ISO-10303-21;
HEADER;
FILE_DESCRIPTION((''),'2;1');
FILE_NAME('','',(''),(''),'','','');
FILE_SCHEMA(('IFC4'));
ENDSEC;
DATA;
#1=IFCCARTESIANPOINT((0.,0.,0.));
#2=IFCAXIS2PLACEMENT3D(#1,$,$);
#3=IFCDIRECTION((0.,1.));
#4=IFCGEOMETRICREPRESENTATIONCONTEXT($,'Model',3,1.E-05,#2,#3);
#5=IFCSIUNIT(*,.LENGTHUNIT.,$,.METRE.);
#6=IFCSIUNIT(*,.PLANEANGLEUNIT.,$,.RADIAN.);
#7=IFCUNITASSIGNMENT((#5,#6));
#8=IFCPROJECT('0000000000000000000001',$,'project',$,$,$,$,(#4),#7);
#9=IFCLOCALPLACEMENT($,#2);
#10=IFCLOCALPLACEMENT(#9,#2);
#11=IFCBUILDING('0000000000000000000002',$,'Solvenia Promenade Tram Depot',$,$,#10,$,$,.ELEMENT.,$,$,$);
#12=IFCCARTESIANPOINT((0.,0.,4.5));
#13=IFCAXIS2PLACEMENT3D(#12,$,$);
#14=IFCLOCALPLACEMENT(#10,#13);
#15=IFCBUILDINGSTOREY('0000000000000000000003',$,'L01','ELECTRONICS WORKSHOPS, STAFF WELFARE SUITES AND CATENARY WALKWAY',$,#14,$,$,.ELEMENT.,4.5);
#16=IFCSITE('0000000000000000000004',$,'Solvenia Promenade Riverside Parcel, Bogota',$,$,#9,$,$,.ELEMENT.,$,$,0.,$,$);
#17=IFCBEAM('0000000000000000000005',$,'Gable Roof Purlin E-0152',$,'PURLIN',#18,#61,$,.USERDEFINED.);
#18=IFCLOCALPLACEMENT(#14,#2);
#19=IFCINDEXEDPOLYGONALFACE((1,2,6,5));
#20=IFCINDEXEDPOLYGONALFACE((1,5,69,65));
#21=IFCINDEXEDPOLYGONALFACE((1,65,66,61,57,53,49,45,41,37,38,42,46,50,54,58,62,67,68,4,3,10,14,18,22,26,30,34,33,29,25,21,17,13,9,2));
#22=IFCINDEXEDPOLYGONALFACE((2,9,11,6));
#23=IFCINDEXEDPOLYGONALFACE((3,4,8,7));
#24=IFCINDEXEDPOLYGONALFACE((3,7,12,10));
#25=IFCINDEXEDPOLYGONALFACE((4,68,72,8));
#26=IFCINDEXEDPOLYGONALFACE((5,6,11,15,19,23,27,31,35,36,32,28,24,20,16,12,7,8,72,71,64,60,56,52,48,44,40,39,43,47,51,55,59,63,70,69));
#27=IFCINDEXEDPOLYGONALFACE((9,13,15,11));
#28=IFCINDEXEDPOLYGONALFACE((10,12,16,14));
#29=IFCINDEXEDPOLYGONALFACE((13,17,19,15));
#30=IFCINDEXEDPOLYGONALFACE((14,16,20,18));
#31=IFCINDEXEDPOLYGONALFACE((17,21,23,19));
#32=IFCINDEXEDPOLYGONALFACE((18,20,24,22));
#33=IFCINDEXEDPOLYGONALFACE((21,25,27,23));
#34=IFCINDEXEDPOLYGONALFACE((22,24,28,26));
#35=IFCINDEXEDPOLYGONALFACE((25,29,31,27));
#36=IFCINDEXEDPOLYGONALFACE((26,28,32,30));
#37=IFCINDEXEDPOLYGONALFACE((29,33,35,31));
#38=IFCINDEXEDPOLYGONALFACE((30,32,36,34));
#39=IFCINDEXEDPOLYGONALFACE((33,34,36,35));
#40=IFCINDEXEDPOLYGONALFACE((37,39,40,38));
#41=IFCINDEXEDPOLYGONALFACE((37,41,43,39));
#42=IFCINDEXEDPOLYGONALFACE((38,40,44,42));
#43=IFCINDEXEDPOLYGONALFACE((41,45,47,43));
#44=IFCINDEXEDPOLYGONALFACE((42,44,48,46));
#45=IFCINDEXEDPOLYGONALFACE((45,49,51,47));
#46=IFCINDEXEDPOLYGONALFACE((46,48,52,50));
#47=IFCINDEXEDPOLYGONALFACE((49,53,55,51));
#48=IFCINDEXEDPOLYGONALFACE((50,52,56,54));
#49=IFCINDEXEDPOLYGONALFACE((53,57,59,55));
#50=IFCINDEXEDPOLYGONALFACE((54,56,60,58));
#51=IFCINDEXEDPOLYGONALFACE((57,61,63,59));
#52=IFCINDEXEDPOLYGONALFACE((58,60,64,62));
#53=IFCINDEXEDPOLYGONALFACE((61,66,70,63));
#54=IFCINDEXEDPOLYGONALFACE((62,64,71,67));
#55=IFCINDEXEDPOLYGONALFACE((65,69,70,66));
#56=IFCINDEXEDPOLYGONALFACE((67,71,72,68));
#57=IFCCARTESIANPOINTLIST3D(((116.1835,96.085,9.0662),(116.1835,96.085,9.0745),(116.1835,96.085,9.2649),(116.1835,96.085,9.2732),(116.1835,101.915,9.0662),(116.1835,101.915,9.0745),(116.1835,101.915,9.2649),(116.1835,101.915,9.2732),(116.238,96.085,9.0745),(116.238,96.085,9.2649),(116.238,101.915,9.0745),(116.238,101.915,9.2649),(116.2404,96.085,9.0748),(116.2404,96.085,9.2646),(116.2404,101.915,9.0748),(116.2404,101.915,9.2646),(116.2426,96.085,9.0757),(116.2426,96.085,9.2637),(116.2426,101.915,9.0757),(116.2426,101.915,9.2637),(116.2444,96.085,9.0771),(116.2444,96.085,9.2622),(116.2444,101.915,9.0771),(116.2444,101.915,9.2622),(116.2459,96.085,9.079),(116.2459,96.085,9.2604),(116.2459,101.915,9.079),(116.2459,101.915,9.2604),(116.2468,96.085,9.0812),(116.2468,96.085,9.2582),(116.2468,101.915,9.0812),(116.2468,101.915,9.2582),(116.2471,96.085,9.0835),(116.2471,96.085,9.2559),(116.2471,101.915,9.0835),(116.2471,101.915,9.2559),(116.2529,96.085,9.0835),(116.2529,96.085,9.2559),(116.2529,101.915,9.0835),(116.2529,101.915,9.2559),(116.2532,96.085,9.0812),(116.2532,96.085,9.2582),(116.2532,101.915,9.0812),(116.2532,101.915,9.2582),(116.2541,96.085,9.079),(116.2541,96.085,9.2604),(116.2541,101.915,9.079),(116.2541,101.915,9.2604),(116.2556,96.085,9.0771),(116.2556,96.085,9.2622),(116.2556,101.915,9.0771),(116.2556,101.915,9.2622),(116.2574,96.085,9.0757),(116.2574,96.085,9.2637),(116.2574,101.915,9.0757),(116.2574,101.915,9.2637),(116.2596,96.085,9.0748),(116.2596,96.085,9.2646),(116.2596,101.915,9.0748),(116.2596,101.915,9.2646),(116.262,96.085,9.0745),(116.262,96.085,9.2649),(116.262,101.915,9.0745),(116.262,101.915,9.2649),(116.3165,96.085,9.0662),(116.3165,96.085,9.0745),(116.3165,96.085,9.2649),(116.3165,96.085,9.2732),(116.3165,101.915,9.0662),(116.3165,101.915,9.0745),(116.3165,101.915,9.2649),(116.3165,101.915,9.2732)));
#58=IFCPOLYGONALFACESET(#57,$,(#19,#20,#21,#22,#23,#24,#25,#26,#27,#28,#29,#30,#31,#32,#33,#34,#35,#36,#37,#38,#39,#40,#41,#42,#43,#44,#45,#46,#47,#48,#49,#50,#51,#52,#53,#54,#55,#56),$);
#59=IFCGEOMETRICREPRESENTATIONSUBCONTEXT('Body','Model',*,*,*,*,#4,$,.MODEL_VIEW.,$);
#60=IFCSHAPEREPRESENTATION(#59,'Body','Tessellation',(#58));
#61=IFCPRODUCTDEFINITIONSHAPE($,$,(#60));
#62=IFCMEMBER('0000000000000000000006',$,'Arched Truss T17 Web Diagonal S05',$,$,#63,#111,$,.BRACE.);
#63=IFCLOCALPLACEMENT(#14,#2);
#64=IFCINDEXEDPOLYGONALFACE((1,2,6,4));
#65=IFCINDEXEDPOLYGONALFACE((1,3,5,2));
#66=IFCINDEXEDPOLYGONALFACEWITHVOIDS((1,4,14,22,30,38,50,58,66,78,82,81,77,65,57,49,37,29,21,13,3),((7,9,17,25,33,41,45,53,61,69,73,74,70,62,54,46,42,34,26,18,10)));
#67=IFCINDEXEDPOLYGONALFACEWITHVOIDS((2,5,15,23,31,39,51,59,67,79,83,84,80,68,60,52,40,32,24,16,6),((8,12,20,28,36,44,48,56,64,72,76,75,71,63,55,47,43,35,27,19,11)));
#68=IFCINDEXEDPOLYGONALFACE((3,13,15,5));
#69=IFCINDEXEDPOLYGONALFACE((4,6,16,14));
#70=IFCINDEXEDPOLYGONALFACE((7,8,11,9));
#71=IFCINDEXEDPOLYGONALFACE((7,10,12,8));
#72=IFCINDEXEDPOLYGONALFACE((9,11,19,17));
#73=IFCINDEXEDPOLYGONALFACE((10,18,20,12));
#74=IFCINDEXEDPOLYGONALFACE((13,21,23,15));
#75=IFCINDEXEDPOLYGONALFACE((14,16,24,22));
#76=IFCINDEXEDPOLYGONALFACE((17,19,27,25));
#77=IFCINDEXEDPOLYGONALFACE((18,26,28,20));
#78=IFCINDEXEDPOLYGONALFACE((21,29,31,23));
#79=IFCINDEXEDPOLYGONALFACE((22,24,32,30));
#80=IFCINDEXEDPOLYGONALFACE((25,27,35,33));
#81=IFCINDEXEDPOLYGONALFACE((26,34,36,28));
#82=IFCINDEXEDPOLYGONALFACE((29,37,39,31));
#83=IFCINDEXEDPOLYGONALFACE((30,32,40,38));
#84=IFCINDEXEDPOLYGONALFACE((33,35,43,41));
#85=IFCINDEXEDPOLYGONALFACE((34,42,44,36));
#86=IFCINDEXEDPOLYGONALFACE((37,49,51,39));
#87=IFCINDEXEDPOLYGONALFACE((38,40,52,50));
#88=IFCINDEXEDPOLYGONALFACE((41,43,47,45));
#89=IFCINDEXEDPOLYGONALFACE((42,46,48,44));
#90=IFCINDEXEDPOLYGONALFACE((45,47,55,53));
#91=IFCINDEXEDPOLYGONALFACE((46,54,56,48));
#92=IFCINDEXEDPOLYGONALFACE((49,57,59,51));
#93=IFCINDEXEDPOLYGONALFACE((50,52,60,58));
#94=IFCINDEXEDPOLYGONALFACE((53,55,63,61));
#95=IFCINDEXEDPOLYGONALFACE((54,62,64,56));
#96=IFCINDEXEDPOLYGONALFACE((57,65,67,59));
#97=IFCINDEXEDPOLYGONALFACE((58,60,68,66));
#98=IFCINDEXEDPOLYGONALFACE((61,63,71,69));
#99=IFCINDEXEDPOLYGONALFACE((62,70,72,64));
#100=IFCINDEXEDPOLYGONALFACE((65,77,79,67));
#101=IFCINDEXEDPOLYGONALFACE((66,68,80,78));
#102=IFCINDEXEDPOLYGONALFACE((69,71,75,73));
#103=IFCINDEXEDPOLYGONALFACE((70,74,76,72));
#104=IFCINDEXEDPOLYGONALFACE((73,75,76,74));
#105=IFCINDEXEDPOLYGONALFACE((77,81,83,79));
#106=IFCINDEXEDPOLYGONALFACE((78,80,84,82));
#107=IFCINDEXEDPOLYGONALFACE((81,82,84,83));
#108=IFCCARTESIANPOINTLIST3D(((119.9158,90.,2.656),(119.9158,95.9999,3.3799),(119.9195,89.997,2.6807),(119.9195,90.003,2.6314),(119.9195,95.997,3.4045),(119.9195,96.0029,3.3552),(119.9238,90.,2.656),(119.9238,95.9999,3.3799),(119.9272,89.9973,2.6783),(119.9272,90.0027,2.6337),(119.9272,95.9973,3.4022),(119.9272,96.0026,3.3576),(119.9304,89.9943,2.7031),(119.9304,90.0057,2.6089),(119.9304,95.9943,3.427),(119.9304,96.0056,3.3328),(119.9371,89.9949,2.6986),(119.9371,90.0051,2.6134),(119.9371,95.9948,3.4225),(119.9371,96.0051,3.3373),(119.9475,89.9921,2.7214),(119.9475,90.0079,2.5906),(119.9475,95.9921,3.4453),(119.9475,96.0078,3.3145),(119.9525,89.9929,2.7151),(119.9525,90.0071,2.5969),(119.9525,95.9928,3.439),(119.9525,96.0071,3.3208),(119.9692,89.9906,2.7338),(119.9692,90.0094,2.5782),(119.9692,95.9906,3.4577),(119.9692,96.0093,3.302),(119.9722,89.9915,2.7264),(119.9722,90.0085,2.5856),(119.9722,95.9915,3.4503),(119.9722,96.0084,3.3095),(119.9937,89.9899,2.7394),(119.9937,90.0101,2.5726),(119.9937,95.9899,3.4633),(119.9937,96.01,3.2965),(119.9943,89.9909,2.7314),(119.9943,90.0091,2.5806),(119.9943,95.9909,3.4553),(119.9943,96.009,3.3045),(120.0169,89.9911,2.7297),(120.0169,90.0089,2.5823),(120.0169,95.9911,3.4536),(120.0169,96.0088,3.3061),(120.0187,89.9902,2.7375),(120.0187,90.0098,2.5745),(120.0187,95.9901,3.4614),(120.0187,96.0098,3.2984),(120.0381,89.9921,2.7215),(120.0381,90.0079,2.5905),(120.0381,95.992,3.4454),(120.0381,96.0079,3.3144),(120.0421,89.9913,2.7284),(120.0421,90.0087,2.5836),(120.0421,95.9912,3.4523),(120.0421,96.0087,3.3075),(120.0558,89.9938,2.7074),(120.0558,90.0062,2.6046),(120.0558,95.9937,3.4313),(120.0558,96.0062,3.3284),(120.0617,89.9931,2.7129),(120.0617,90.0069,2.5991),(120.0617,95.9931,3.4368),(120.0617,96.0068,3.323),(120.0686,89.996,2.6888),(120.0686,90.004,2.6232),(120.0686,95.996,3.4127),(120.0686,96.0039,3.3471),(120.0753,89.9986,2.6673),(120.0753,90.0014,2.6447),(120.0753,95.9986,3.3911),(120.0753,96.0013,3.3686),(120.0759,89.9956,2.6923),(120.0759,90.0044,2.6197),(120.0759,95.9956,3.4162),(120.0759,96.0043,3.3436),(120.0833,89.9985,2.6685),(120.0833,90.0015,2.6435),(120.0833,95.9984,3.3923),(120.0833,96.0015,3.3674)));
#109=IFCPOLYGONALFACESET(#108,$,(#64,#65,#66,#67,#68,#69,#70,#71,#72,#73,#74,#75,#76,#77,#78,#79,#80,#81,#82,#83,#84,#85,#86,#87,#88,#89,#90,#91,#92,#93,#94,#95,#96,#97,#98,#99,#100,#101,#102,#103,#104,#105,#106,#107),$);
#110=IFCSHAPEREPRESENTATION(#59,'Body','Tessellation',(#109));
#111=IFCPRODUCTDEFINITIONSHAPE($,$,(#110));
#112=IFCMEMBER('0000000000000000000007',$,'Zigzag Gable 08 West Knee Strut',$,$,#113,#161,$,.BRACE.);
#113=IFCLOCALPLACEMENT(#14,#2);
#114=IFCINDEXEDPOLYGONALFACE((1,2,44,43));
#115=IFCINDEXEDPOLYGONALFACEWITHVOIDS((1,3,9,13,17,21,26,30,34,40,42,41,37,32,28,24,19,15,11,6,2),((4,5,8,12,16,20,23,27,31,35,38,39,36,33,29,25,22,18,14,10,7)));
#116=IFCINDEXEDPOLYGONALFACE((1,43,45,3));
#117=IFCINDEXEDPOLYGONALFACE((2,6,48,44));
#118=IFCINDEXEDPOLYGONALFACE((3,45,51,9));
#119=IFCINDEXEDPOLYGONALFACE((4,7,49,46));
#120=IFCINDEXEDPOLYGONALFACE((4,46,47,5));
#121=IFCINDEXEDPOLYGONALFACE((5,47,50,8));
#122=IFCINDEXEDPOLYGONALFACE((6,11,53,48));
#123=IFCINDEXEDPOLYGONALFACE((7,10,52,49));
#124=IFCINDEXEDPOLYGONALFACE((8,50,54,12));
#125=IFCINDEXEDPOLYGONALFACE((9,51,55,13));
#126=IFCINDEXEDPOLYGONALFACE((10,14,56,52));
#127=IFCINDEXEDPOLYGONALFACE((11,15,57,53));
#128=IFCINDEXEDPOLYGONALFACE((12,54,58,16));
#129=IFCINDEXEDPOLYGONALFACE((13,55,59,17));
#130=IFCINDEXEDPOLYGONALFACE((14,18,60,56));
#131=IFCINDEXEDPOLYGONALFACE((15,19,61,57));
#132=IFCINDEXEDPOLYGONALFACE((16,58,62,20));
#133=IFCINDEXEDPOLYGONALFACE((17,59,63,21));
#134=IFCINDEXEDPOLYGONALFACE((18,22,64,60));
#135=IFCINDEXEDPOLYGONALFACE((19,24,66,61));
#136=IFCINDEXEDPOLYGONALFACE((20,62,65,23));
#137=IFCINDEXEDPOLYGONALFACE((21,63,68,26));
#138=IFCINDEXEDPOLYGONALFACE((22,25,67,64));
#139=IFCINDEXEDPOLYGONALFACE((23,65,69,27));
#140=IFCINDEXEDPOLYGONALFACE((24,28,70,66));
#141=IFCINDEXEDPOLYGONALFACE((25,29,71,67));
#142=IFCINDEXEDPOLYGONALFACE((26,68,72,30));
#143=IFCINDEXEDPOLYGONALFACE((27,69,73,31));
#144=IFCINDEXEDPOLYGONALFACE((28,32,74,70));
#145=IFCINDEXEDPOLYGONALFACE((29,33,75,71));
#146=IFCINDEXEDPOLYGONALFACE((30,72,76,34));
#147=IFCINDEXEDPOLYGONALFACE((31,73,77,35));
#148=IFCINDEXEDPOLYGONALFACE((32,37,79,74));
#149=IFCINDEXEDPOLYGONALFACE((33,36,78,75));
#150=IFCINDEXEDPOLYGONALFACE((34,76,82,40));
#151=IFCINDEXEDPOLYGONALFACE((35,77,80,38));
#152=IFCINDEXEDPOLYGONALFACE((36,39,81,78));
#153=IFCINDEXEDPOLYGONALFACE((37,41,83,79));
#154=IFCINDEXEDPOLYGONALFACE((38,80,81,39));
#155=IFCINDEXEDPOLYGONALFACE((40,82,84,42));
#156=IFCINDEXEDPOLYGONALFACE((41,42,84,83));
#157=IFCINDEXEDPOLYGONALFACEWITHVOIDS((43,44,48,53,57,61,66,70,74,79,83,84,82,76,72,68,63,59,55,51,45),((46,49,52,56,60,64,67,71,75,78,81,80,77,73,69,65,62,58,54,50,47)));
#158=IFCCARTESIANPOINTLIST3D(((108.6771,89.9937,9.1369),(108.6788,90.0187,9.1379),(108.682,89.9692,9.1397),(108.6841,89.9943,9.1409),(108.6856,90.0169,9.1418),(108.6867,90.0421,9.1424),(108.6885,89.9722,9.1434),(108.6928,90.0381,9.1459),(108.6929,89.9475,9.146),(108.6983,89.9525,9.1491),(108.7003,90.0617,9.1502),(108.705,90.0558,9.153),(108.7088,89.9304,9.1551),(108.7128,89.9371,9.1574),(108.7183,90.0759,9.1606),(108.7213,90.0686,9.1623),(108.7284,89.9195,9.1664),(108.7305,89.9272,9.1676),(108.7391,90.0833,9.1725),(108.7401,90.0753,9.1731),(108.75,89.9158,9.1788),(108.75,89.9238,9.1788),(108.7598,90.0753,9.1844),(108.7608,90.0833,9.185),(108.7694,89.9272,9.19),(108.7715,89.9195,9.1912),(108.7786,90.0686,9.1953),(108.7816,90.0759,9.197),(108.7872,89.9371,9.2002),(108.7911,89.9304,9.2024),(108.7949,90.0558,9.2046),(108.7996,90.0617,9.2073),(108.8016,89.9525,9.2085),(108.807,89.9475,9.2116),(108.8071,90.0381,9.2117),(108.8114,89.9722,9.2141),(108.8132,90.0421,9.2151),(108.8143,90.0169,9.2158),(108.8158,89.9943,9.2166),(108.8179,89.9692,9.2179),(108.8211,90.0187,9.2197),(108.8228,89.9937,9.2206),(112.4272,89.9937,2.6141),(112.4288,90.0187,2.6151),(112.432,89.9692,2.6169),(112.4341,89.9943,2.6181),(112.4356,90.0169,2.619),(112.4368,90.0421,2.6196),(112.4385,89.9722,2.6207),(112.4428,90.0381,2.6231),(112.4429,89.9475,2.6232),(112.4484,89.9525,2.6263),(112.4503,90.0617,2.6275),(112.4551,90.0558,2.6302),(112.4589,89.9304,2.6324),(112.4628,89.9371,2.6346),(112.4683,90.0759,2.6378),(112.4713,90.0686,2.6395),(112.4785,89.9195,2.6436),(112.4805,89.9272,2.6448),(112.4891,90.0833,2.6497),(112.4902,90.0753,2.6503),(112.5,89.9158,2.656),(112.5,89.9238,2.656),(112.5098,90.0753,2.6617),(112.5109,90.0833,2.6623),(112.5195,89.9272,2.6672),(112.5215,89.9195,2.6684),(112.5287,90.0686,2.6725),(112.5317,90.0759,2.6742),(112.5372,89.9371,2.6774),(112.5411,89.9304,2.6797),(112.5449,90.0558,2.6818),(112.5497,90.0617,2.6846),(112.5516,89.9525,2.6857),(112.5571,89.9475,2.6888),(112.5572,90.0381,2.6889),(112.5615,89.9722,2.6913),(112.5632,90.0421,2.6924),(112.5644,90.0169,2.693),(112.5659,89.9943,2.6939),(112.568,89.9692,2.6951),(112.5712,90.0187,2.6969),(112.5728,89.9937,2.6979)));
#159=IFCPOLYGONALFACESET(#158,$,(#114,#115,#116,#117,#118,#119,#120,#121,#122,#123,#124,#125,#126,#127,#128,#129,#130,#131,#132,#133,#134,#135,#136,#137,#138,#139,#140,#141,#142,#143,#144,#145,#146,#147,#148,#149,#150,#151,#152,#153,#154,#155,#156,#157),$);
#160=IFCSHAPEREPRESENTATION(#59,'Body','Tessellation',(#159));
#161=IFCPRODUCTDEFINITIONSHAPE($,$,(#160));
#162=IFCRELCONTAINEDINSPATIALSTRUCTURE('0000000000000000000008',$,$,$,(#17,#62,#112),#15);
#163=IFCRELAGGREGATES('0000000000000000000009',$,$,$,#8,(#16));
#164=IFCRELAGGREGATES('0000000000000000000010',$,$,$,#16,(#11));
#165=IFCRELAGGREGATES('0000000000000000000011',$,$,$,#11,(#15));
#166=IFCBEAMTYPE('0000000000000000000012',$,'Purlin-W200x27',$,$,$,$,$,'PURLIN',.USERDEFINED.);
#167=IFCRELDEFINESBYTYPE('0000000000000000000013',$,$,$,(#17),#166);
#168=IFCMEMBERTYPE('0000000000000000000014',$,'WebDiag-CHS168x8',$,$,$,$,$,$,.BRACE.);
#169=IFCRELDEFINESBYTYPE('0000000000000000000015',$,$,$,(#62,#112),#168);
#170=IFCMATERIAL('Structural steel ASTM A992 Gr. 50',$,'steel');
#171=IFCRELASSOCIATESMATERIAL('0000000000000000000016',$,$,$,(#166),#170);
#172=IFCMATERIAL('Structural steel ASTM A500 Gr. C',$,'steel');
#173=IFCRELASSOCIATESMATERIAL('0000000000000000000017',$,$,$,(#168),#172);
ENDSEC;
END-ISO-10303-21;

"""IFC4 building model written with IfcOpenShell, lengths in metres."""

from ifc_helpers import new_model, si_unit, direction, frame, origin, origin_2d, place, context, subcontext, project, spatial, hollow_circle, i_section, extrude, material, material_profile, profile_set, type_object, element, save


model = new_model("IFC4")

# Units and contexts
model_context = context("Model", 3, precision=1e-05, world=origin(), true_north=direction((0.0, 1.0)))
body_context = subcontext(model_context, "Body", "Model", "MODEL_VIEW")
ifc_project = project(units=[si_unit("LENGTHUNIT", "METRE"), si_unit("PLANEANGLEUNIT", "RADIAN")], contexts=[model_context])

# Site, building, storey
site_placement = place(None, origin())
site = spatial("IfcSite", under=ifc_project, at=site_placement, Name="Solvenia Promenade Riverside Parcel, Bogota", CompositionType="ELEMENT", RefElevation=0.0)
building_placement = place(site_placement, origin())
building = spatial("IfcBuilding", under=site, at=building_placement, Name="Solvenia Promenade Tram Depot", CompositionType="ELEMENT")
storey_placement = place(building_placement, frame((0.0, 0.0, 4.5)))
storey = spatial("IfcBuildingStorey", under=building, at=storey_placement, Name="L01", Description="ELECTRONICS WORKSHOPS, STAFF WELFARE SUITES AND CATENARY WALKWAY", CompositionType="ELEMENT", Elevation=4.5)

# Shared definitions
ifc_material_1 = material(Name="Structural steel ASTM A500 Gr. C", Category="steel")

# Beam
ifc_material_2 = material(Name="Structural steel ASTM A992 Gr. 50", Category="steel")
ifc_material_profile_1 = material_profile(ifc_material_2, i_section(OverallWidth=0.1331, OverallDepth=0.207, WebThickness=0.0059, FlangeThickness=0.0083, FilletRadius=0.009, at=origin_2d()), Name="W200x27", Category="steel")
ifc_profile_set_1 = profile_set([ifc_material_profile_1], Name="Structural steel ASTM A992 Gr. 50")
beam_type = type_object("IfcBeamType", Name="Purlin-W200x27", ElementType="PURLIN", PredefinedType="USERDEFINED", material=ifc_profile_set_1)
for number, where, z_axis, x_axis, name in (
    (1, (116.25, 96.085, 9.1697), (0.0, 1.0, 0.0), (-1.0, 0.0, 0.0), "Gable Roof Purlin E-0152"),
):
    element("IfcBeam", number, at=place(storey_placement, frame(where, z_axis=z_axis, x_axis=x_axis)), inside=storey, type_object=beam_type, Name=name, ObjectType="PURLIN", PredefinedType="USERDEFINED", context=body_context, shape_type="SweptSolid", body=[
        extrude(i_section(OverallWidth=0.1331, OverallDepth=0.207, WebThickness=0.0059, FlangeThickness=0.0083, FilletRadius=0.009, at=origin_2d()), origin(), (0.0, 0.0, 1.0), 5.8301),
    ])

# Members
ifc_material_profile_2 = material_profile(ifc_material_1, hollow_circle(Radius=0.0842, WallThickness=0.0081, at=origin_2d()), Name="CHS168.3x8", Category="steel")
ifc_profile_set_2 = profile_set([ifc_material_profile_2], Name="Structural steel ASTM A500 Gr. C")
member_type_1 = type_object("IfcMemberType", Name="WebDiag-CHS168x8", PredefinedType="BRACE", material=ifc_profile_set_2)
member_1_placement = place(storey_placement, frame((120.0, 90.0, 2.656), z_axis=(0.0, 0.992801, 0.119778), x_axis=(-1.0, 0.0, 0.0)))
element("IfcMember", 2, at=member_1_placement, inside=storey, type_object=member_type_1, Name="Arched Truss T17 Web Diagonal S05", PredefinedType="BRACE", context=body_context, shape_type="SweptSolid", body=[
    extrude(hollow_circle(Radius=0.0842, WallThickness=0.0081, at=origin_2d()), origin(), (0.0, 0.0, 1.0), 6.0435),
])
for number, where, z_axis, x_axis, name in (
    (3, (112.5, 90.0, 2.656), (-0.498416, 0.0, 0.866938), (0.0, -1.0, 0.0), "Zigzag Gable 08 West Knee Strut"),
):
    element("IfcMember", number, at=place(storey_placement, frame(where, z_axis=z_axis, x_axis=x_axis)), inside=storey, type_object=member_type_1, Name=name, PredefinedType="BRACE", context=body_context, shape_type="SweptSolid", body=[
        extrude(hollow_circle(Radius=0.0842, WallThickness=0.0081, at=origin_2d()), origin(), (0.0, 0.0, 1.0), 7.5239),
    ])

save(model, "model.ifc")
